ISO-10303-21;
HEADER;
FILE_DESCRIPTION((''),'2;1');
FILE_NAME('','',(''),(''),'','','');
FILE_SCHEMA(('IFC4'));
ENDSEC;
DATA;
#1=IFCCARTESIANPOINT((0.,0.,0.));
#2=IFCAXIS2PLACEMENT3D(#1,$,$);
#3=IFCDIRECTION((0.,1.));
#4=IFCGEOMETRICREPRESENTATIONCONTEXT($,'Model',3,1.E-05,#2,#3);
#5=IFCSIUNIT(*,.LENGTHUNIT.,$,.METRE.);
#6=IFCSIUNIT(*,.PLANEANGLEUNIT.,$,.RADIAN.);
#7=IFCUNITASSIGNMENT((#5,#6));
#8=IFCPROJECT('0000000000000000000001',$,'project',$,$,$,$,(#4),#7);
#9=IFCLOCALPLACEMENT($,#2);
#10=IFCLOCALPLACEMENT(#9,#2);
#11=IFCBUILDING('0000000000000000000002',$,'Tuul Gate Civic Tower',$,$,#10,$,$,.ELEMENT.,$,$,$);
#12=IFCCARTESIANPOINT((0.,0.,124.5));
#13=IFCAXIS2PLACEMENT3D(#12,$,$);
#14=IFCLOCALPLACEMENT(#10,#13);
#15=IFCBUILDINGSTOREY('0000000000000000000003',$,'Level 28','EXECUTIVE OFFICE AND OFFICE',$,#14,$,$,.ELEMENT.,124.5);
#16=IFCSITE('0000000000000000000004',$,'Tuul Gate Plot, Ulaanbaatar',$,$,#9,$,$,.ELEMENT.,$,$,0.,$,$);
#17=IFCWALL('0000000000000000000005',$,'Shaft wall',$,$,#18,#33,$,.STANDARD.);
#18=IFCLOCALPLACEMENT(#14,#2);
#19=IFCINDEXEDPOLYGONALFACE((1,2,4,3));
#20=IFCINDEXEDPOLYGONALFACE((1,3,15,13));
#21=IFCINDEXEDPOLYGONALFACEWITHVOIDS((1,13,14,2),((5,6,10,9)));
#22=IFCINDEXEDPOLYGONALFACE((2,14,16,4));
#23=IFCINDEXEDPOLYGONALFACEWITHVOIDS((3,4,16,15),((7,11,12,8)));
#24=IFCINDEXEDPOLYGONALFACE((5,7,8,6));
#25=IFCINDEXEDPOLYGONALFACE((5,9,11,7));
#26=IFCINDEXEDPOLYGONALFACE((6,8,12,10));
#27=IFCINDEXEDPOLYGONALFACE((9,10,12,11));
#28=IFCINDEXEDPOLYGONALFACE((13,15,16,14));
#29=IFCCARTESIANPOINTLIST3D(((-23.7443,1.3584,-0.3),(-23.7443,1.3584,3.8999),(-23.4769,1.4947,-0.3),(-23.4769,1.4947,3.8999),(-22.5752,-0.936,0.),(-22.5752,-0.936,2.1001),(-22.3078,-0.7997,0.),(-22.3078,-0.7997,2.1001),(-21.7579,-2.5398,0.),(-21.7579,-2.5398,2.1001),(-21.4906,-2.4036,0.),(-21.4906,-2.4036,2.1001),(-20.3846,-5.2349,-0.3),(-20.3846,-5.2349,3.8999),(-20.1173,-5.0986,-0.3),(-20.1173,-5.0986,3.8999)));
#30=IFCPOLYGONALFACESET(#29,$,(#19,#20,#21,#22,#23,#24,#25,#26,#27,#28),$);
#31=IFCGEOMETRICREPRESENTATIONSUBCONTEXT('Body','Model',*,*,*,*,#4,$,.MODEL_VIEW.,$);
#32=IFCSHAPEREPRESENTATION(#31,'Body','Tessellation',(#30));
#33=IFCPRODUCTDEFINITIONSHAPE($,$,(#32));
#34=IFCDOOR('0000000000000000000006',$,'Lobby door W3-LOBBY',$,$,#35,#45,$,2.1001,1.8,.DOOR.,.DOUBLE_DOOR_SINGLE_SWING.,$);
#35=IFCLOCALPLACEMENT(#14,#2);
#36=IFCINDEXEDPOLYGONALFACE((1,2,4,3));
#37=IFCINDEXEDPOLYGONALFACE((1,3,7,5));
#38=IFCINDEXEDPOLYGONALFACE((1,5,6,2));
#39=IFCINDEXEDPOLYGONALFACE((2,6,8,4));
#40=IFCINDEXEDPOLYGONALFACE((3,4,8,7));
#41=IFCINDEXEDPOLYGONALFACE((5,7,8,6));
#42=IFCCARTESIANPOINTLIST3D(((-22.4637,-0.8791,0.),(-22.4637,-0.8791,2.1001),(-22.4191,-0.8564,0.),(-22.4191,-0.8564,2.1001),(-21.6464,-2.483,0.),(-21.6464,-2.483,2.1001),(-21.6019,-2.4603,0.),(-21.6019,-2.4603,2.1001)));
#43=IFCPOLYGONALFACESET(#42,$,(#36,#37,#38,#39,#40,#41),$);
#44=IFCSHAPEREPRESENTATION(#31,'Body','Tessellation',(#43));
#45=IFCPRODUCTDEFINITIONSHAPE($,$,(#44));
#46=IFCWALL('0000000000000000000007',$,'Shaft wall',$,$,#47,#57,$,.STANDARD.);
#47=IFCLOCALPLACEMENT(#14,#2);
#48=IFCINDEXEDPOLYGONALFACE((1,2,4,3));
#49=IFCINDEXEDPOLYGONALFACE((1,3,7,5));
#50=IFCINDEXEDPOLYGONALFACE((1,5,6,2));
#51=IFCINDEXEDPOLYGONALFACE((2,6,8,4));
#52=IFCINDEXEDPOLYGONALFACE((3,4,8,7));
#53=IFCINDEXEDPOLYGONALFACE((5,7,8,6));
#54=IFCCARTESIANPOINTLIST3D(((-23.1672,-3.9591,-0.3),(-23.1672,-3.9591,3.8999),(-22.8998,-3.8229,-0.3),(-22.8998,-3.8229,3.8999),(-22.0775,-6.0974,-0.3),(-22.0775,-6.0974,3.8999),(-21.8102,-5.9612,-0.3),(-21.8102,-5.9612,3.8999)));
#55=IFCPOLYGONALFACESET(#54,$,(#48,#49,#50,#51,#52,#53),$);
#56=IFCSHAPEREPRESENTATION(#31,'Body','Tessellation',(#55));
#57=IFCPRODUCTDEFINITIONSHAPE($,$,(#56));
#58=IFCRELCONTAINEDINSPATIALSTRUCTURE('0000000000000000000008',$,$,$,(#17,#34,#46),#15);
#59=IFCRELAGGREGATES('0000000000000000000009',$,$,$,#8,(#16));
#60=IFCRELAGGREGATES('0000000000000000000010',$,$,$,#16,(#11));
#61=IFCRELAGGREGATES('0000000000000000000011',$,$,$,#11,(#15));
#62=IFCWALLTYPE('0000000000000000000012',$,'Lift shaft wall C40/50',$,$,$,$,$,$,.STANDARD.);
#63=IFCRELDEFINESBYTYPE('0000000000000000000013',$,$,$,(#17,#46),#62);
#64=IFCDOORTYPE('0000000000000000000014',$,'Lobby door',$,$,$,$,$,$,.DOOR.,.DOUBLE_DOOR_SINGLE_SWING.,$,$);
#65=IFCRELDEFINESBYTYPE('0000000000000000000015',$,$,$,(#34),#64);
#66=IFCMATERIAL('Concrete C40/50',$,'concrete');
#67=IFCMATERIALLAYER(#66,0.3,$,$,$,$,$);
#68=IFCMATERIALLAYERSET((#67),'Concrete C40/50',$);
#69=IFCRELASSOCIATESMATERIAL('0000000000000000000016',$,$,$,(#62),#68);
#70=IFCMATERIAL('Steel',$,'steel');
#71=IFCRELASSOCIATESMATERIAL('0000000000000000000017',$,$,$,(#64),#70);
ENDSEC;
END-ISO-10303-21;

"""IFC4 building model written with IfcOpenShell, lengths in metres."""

from ifc_helpers import new_model, si_unit, direction, frame, frame_2d, origin, place, context, subcontext, project, spatial, rectangle, extrude, material, layer, layer_set, type_object, element, fill, save


model = new_model("IFC4")

# Units and contexts
model_context = context("Model", 3, precision=1e-05, world=origin(), true_north=direction((0.0, 1.0)))
body_context = subcontext(model_context, "Body", "Model", "MODEL_VIEW")
ifc_project = project(units=[si_unit("LENGTHUNIT", "METRE"), si_unit("PLANEANGLEUNIT", "RADIAN")], contexts=[model_context])

# Site, building, storey
site_placement = place(None, origin())
site = spatial("IfcSite", under=ifc_project, at=site_placement, Name="Tuul Gate Plot, Ulaanbaatar", CompositionType="ELEMENT", RefElevation=0.0)
building_placement = place(site_placement, origin())
building = spatial("IfcBuilding", under=site, at=building_placement, Name="Tuul Gate Civic Tower", CompositionType="ELEMENT")
storey_placement = place(building_placement, frame((0.0, 0.0, 124.5)))
storey = spatial("IfcBuildingStorey", under=building, at=storey_placement, Name="Level 28", Description="EXECUTIVE OFFICE AND OFFICE", CompositionType="ELEMENT", Elevation=124.5)

# Shared definitions
ifc_material_1 = material(Name="Concrete C40/50", Category="concrete")
ifc_layer_1 = layer(ifc_material_1, 0.3)
ifc_layer_set_1 = layer_set([ifc_layer_1], Name="Concrete C40/50")
wall_type_1 = type_object("IfcWallType", Name="Lift shaft wall C40/50", PredefinedType="STANDARD", material=ifc_layer_set_1)

# Wall, opening, door
wall_1_placement = place(storey_placement, frame((-20.251, -5.1667, -0.3), z_axis=(0.0, 0.0, 1.0), x_axis=(-0.45401, 0.890996, 0.0)))
wall_1 = element("IfcWall", 1, at=wall_1_placement, inside=storey, type_object=wall_type_1, Name="Shaft wall", PredefinedType="STANDARD", context=body_context, shape_type="SweptSolid", body=[
    extrude(rectangle(XDim=7.3999, YDim=0.3, at=frame_2d((3.7, 0.0))), origin(), (0.0, 0.0, 1.0), 4.2),
])
opening_1_placement = place(wall_1_placement, frame((3.0249, 0.0, 0.3)))
opening_1 = element("IfcOpeningElement", 2, at=opening_1_placement, cuts=wall_1, PredefinedType="OPENING", context=body_context, shape_type="SweptSolid", body=[
    extrude(rectangle(XDim=1.8, YDim=2.1001, at=frame_2d((0.8999, 1.05))), frame((0.0, 0.1602, 0.0), z_axis=(0.0, -1.0, 0.0), x_axis=(1.0, 0.0, 0.0)), (0.0, 0.0, 1.0), 0.3201),
])
ifc_material_2 = material(Name="Steel", Category="steel")
door_type_1 = type_object("IfcDoorType", Name="Lobby door", OperationType="DOUBLE_DOOR_SINGLE_SWING", PredefinedType="DOOR", material=ifc_material_2)
door_1_placement = place(opening_1_placement, origin())
door_1 = element("IfcDoor", 3, at=door_1_placement, inside=storey, type_object=door_type_1, Name="Lobby door W3-LOBBY", OperationType="DOUBLE_DOOR_SINGLE_SWING", OverallHeight=2.1001, OverallWidth=1.8, PredefinedType="DOOR", context=body_context, shape_type="SweptSolid", body=[
    extrude(rectangle(XDim=1.8, YDim=2.1001, at=frame_2d((0.8999, 1.05))), frame((0.0, 0.0249, 0.0), z_axis=(0.0, -1.0, 0.0), x_axis=(1.0, 0.0, 0.0)), (0.0, 0.0, 1.0), 0.05),
])
fill(opening_1, door_1)

# Wall
wall_2_placement = place(storey_placement, frame((-21.9438, -6.0293, -0.3), z_axis=(0.0, 0.0, 1.0), x_axis=(-0.454037, 0.890983, 0.0)))
element("IfcWall", 4, at=wall_2_placement, inside=storey, type_object=wall_type_1, Name="Shaft wall", PredefinedType="STANDARD", context=body_context, shape_type="SweptSolid", body=[
    extrude(rectangle(XDim=2.3999, YDim=0.3, at=frame_2d((1.2, 0.0))), origin(), (0.0, 0.0, 1.0), 4.2),
])

save(model, "model.ifc")
